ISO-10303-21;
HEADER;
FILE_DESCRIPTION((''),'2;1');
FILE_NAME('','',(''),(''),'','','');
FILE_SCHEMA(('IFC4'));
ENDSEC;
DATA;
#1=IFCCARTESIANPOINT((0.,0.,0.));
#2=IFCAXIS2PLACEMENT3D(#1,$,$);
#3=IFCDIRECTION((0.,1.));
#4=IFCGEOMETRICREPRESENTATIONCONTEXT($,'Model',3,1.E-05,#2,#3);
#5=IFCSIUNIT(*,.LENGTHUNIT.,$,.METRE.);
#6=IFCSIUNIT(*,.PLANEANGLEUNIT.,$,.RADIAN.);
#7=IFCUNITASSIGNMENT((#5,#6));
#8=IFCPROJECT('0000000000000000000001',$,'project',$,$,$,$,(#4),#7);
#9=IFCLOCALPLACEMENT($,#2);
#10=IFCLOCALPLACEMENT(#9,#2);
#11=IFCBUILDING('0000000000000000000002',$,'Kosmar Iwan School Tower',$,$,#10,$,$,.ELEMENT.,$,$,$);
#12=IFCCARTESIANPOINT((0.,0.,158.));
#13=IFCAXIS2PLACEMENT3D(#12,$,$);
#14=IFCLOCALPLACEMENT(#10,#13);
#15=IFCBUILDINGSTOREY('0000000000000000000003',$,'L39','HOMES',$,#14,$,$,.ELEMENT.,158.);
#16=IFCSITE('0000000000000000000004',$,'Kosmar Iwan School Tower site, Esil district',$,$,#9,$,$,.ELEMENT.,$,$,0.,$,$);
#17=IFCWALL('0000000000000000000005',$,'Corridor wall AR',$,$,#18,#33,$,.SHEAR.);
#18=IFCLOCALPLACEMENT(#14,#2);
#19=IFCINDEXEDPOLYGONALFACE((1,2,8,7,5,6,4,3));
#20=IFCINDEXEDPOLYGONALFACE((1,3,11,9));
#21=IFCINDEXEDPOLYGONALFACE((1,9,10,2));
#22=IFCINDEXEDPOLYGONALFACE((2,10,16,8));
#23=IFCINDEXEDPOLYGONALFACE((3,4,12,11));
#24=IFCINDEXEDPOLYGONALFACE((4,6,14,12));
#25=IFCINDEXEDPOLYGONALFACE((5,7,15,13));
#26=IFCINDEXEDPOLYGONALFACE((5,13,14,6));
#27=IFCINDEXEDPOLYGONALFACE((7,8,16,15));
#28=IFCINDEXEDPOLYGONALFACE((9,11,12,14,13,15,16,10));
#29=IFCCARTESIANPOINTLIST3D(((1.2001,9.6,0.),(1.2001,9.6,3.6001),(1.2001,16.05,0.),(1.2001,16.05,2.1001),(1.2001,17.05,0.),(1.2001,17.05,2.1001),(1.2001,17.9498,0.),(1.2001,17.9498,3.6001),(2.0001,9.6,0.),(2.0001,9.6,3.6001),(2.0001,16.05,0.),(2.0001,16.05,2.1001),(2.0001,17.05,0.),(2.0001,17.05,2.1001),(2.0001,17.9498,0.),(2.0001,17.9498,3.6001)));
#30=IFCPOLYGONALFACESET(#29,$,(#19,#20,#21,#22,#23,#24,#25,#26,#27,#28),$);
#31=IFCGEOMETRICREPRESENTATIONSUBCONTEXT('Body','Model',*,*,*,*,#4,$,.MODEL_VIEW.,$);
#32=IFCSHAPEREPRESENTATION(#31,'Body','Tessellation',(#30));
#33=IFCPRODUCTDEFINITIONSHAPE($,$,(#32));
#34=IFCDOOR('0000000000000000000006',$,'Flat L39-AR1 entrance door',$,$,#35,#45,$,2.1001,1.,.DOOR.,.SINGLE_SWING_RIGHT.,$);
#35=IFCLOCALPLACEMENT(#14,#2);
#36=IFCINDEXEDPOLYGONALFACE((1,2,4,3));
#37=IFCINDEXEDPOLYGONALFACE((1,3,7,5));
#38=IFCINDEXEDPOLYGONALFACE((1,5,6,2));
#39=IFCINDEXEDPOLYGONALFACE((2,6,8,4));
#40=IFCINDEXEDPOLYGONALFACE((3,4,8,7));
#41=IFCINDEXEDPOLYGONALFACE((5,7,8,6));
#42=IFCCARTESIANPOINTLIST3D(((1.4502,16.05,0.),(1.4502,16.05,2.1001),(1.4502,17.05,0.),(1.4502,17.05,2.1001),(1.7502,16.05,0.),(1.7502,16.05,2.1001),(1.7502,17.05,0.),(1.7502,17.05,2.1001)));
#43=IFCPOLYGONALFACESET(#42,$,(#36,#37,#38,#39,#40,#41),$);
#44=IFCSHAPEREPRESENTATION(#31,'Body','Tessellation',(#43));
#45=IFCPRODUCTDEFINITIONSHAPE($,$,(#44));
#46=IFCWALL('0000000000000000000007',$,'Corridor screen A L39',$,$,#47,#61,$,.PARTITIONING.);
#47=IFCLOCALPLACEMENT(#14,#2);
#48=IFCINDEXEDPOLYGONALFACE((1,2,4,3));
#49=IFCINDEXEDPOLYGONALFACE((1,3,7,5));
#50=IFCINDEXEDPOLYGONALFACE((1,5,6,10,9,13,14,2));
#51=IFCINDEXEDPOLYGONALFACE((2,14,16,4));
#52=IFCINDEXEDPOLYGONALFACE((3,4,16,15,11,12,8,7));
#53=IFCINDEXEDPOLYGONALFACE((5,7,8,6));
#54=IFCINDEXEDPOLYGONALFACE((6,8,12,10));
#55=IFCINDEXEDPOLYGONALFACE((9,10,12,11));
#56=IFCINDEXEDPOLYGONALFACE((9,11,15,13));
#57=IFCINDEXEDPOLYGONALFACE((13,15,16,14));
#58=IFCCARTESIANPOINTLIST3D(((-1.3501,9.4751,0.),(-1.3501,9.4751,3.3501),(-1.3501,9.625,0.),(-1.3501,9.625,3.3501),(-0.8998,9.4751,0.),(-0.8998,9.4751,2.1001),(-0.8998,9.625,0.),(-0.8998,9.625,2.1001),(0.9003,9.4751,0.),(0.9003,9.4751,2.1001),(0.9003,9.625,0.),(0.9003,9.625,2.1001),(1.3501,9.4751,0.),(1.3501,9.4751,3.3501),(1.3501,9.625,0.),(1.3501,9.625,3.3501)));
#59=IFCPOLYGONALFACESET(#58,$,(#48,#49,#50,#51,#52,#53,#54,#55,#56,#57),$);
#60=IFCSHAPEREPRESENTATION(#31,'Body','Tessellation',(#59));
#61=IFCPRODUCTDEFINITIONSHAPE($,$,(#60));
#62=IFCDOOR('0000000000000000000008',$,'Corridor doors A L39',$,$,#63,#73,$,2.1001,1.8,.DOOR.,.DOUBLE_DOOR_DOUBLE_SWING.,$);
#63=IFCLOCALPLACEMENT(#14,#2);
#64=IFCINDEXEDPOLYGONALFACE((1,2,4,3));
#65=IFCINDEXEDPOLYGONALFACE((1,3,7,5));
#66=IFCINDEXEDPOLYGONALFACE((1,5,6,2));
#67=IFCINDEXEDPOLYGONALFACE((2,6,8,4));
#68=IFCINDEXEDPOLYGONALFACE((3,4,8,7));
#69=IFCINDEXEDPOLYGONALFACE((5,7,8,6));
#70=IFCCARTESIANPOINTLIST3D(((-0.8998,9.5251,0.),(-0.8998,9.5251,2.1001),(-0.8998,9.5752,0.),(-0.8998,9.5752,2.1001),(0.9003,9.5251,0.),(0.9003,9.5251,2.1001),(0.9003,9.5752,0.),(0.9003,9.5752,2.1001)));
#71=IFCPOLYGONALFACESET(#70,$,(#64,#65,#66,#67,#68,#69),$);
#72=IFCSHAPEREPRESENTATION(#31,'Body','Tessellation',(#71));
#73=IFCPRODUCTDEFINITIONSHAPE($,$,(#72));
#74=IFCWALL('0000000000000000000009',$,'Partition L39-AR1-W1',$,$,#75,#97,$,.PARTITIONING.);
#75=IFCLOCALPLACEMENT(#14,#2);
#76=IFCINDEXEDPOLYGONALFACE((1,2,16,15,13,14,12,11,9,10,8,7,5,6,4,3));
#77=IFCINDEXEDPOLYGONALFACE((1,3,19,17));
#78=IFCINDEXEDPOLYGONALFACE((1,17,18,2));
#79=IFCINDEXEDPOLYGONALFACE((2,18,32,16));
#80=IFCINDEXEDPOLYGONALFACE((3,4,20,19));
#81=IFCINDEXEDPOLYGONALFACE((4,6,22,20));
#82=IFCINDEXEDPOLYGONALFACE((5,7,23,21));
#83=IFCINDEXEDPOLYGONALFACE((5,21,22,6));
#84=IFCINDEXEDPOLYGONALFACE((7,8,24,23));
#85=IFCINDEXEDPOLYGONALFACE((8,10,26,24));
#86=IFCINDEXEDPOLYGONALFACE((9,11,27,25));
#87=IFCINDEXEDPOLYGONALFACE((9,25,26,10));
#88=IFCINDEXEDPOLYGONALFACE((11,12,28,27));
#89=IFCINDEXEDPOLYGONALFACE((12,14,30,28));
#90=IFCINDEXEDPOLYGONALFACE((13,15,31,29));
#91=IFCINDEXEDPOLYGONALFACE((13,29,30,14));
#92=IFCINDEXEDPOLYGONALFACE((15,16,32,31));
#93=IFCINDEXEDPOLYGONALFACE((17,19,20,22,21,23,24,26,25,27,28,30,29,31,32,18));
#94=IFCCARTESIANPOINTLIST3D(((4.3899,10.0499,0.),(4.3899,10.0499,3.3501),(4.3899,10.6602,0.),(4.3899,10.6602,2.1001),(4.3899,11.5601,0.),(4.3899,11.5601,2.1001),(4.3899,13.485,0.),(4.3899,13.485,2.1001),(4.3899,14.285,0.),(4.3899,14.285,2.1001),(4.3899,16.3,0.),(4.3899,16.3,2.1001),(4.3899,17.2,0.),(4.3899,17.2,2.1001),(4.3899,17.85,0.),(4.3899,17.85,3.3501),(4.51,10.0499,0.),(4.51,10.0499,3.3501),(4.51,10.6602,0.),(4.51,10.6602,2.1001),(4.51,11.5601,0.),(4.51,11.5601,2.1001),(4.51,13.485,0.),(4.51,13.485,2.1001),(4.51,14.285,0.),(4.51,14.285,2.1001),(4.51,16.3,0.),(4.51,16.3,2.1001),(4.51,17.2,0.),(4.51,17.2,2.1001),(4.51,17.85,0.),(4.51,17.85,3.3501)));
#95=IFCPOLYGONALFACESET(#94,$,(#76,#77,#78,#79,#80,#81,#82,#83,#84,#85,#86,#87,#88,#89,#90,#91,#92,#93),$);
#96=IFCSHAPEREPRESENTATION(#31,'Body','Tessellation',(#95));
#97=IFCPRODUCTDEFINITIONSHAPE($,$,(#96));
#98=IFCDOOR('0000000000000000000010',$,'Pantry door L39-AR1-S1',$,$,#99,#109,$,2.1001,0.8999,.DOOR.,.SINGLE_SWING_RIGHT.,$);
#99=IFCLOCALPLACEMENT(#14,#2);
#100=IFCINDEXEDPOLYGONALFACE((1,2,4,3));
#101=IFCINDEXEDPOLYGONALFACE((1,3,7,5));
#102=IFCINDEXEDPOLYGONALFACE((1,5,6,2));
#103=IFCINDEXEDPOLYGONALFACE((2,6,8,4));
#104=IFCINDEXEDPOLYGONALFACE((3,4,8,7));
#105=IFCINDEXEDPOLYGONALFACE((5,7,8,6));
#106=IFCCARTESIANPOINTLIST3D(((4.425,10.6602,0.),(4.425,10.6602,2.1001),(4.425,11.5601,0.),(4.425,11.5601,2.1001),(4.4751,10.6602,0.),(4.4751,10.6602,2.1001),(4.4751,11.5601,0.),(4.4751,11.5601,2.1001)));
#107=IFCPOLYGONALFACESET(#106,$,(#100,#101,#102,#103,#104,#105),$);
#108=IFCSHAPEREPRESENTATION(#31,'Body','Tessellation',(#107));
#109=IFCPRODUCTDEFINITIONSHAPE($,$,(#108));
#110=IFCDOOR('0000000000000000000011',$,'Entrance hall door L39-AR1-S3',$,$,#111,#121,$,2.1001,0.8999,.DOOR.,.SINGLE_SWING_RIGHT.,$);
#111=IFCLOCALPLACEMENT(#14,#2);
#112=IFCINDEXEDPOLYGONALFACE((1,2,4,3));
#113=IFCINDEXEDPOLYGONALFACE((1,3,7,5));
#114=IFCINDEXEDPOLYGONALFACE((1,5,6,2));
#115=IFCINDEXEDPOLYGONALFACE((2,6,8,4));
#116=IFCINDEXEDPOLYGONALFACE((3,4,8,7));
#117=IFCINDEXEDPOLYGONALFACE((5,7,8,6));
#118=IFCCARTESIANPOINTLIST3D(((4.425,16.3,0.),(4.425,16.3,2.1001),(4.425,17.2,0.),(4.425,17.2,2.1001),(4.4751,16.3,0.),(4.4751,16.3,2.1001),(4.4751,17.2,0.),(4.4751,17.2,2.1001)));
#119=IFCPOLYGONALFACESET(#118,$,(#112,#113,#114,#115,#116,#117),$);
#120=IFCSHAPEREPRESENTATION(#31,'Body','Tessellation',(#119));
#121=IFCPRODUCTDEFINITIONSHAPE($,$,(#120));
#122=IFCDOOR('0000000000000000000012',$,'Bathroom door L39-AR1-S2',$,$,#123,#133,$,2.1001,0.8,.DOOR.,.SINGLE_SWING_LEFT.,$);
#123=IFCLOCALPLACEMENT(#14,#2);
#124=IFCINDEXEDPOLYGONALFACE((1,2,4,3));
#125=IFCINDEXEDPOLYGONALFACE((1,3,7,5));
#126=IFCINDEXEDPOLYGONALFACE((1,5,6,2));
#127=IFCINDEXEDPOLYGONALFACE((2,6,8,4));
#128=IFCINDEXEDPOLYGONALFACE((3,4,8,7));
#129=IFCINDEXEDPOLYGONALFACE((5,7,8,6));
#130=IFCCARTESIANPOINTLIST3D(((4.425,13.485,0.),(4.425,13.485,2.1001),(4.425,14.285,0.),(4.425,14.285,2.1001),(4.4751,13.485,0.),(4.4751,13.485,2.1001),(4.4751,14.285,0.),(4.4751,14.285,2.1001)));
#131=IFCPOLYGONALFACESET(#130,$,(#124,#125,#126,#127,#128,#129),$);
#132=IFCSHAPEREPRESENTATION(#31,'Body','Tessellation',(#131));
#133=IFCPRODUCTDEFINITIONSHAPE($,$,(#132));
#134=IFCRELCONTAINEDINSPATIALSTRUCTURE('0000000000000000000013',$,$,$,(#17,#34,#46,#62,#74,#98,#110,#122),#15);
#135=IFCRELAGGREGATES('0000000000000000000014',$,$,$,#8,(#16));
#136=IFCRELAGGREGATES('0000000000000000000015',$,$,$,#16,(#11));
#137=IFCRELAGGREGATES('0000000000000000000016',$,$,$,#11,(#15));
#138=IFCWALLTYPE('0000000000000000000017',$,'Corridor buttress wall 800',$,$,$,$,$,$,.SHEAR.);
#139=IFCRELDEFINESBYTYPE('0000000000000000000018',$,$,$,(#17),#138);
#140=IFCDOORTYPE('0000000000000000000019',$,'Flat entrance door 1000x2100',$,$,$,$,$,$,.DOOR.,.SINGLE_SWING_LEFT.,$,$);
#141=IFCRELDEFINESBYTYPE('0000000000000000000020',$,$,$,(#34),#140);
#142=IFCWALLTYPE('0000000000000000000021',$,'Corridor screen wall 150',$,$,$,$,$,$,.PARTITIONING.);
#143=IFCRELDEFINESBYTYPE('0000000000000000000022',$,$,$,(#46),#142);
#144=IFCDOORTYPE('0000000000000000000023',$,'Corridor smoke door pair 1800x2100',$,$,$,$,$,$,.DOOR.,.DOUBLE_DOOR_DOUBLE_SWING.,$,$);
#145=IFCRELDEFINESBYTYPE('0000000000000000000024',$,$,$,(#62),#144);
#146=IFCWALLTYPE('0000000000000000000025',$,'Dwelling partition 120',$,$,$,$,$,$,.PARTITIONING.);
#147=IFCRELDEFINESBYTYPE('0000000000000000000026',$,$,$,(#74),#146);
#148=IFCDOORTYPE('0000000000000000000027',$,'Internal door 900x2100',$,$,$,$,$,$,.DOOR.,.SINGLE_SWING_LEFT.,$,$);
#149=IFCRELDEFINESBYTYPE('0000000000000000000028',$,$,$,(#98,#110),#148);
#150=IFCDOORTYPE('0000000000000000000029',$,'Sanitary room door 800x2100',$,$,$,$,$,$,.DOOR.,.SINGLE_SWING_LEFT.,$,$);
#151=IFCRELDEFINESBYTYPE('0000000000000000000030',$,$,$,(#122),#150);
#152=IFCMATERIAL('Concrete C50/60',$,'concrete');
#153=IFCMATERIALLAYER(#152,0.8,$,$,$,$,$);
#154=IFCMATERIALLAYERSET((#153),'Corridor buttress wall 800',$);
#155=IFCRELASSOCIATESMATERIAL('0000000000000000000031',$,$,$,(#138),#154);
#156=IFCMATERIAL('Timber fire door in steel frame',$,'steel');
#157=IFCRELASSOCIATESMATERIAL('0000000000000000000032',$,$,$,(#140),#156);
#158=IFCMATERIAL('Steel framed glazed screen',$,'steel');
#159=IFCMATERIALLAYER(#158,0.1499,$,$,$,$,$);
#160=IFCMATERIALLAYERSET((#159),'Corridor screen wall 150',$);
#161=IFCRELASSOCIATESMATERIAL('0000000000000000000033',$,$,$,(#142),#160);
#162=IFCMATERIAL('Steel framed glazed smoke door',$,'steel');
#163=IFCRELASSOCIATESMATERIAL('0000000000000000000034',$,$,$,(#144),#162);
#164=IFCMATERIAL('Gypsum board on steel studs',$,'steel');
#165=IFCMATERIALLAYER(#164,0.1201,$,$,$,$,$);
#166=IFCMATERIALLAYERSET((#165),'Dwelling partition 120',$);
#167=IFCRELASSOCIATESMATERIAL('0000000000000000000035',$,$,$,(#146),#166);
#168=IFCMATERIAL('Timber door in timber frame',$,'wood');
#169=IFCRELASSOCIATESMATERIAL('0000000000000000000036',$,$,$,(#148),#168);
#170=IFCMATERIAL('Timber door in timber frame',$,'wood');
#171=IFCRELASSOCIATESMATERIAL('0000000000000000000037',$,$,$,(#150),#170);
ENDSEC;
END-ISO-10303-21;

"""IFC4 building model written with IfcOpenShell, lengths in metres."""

from ifc_helpers import new_model, si_unit, direction, frame, frame_2d, origin, place, context, subcontext, project, spatial, rectangle, extrude, material, layer, layer_set, type_object, element, fill, save


model = new_model("IFC4")

# Units and contexts
model_context = context("Model", 3, precision=1e-05, world=origin(), true_north=direction((0.0, 1.0)))
body_context = subcontext(model_context, "Body", "Model", "MODEL_VIEW")
ifc_project = project(units=[si_unit("LENGTHUNIT", "METRE"), si_unit("PLANEANGLEUNIT", "RADIAN")], contexts=[model_context])

# Site, building, storey
site_placement = place(None, origin())
site = spatial("IfcSite", under=ifc_project, at=site_placement, Name="Kosmar Iwan School Tower site, Esil district", CompositionType="ELEMENT", RefElevation=0.0)
building_placement = place(site_placement, origin())
building = spatial("IfcBuilding", under=site, at=building_placement, Name="Kosmar Iwan School Tower", CompositionType="ELEMENT")
storey_placement = place(building_placement, frame((0.0, 0.0, 158.0)))
storey = spatial("IfcBuildingStorey", under=building, at=storey_placement, Name="L39", Description="HOMES", CompositionType="ELEMENT", Elevation=158.0)

# Walls, openings, doors
ifc_material_1 = material(Name="Concrete C50/60", Category="concrete")
ifc_layer_1 = layer(ifc_material_1, 0.8)
ifc_layer_set_1 = layer_set([ifc_layer_1], Name="Corridor buttress wall 800")
wall_type_1 = type_object("IfcWallType", Name="Corridor buttress wall 800", PredefinedType="SHEAR", material=ifc_layer_set_1)
wall_1_placement = place(storey_placement, frame((1.6001, 9.6001, 0.0), z_axis=(0.0, 0.0, 1.0), x_axis=(0.0, 1.0, 0.0)))
wall_1 = element("IfcWall", 1, at=wall_1_placement, inside=storey, type_object=wall_type_1, Name="Corridor wall AR", PredefinedType="SHEAR", context=body_context, shape_type="SweptSolid", body=[
    extrude(rectangle(XDim=8.3499, YDim=0.8, at=frame_2d((4.1748, 0.0))), origin(), (0.0, 0.0, 1.0), 3.6001),
])
opening_1_placement = place(wall_1_placement, frame((6.45, 0.0, 0.0)))
opening_1 = element("IfcOpeningElement", 2, at=opening_1_placement, cuts=wall_1, PredefinedType="OPENING", context=body_context, shape_type="SweptSolid", body=[
    extrude(rectangle(XDim=1.0, YDim=2.1001, at=frame_2d((0.5, 1.05))), frame((0.0, 0.4121, 0.0), z_axis=(0.0, -1.0, 0.0), x_axis=(1.0, 0.0, 0.0)), (0.0, 0.0, 1.0), 0.824),
])
ifc_material_2 = material(Name="Timber fire door in steel frame", Category="steel")
door_type_1 = type_object("IfcDoorType", Name="Flat entrance door 1000x2100", OperationType="SINGLE_SWING_LEFT", PredefinedType="DOOR", material=ifc_material_2)
door_1_placement = place(opening_1_placement, origin())
door_1 = element("IfcDoor", 3, at=door_1_placement, inside=storey, type_object=door_type_1, Name="Flat L39-AR1 entrance door", OperationType="SINGLE_SWING_RIGHT", OverallHeight=2.1001, OverallWidth=1.0, PredefinedType="DOOR", context=body_context, shape_type="SweptSolid", body=[
    extrude(rectangle(XDim=1.0, YDim=2.1001, at=frame_2d((0.5, 1.05))), frame((0.0, 0.1499, 0.0), z_axis=(0.0, -1.0, 0.0), x_axis=(1.0, 0.0, 0.0)), (0.0, 0.0, 1.0), 0.3),
])
fill(opening_1, door_1)
ifc_material_3 = material(Name="Steel framed glazed screen", Category="steel")
ifc_layer_2 = layer(ifc_material_3, 0.1499)
ifc_layer_set_2 = layer_set([ifc_layer_2], Name="Corridor screen wall 150")
wall_type_2 = type_object("IfcWallType", Name="Corridor screen wall 150", PredefinedType="PARTITIONING", material=ifc_layer_set_2)
wall_2_placement = place(storey_placement, frame((1.3501, 9.55, 0.0), z_axis=(0.0, 0.0, 1.0), x_axis=(-1.0, 0.0, 0.0)))
wall_2 = element("IfcWall", 4, at=wall_2_placement, inside=storey, type_object=wall_type_2, Name="Corridor screen A L39", PredefinedType="PARTITIONING", context=body_context, shape_type="SweptSolid", body=[
    extrude(rectangle(XDim=2.7002, YDim=0.1499, at=frame_2d((1.3501, 0.0))), origin(), (0.0, 0.0, 1.0), 3.3501),
])
opening_2_placement = place(wall_2_placement, frame((0.45, 0.0, 0.0)))
opening_2 = element("IfcOpeningElement", 5, at=opening_2_placement, cuts=wall_2, PredefinedType="OPENING", context=body_context, shape_type="SweptSolid", body=[
    extrude(rectangle(XDim=1.8, YDim=2.1001, at=frame_2d((0.8999, 1.05))), frame((0.0, 0.0869, 0.0), z_axis=(0.0, -1.0, 0.0), x_axis=(1.0, 0.0, 0.0)), (0.0, 0.0, 1.0), 0.1738),
])
ifc_material_4 = material(Name="Steel framed glazed smoke door", Category="steel")
door_type_2 = type_object("IfcDoorType", Name="Corridor smoke door pair 1800x2100", OperationType="DOUBLE_DOOR_DOUBLE_SWING", PredefinedType="DOOR", material=ifc_material_4)
door_2_placement = place(opening_2_placement, origin())
door_2 = element("IfcDoor", 6, at=door_2_placement, inside=storey, type_object=door_type_2, Name="Corridor doors A L39", OperationType="DOUBLE_DOOR_DOUBLE_SWING", OverallHeight=2.1001, OverallWidth=1.8, PredefinedType="DOOR", context=body_context, shape_type="SweptSolid", body=[
    extrude(rectangle(XDim=1.8, YDim=2.1001, at=frame_2d((0.8999, 1.05))), frame((0.0, 0.0249, 0.0), z_axis=(0.0, -1.0, 0.0), x_axis=(1.0, 0.0, 0.0)), (0.0, 0.0, 1.0), 0.05),
])
fill(opening_2, door_2)

# Wall, openings, doors
ifc_material_5 = material(Name="Gypsum board on steel studs", Category="steel")
ifc_layer_3 = layer(ifc_material_5, 0.1201)
ifc_layer_set_3 = layer_set([ifc_layer_3], Name="Dwelling partition 120")
wall_type_3 = type_object("IfcWallType", Name="Dwelling partition 120", PredefinedType="PARTITIONING", material=ifc_layer_set_3)
wall_3_placement = place(storey_placement, frame((4.45, 10.05, 0.0), z_axis=(0.0, 0.0, 1.0), x_axis=(0.0, 1.0, 0.0)))
wall_3 = element("IfcWall", 7, at=wall_3_placement, inside=storey, type_object=wall_type_3, Name="Partition L39-AR1-W1", PredefinedType="PARTITIONING", context=body_context, shape_type="SweptSolid", body=[
    extrude(rectangle(XDim=7.8, YDim=0.1201, at=frame_2d((3.8999, 0.0))), origin(), (0.0, 0.0, 1.0), 3.3501),
])
opening_3_placement = place(wall_3_placement, frame((0.6101, 0.0, 0.0)))
opening_3 = element("IfcOpeningElement", 8, at=opening_3_placement, cuts=wall_3, PredefinedType="OPENING", context=body_context, shape_type="SweptSolid", body=[
    extrude(rectangle(XDim=0.8999, YDim=2.1001, at=frame_2d((0.45, 1.05))), frame((0.0, 0.072, 0.0), z_axis=(0.0, -1.0, 0.0), x_axis=(1.0, 0.0, 0.0)), (0.0, 0.0, 1.0), 0.144),
])
opening_4_placement = place(wall_3_placement, frame((3.4351, 0.0, 0.0)))
opening_4 = element("IfcOpeningElement", 9, at=opening_4_placement, cuts=wall_3, PredefinedType="OPENING", context=body_context, shape_type="SweptSolid", body=[
    extrude(rectangle(XDim=0.8, YDim=2.1001, at=frame_2d((0.3999, 1.05))), frame((0.0, 0.072, 0.0), z_axis=(0.0, -1.0, 0.0), x_axis=(1.0, 0.0, 0.0)), (0.0, 0.0, 1.0), 0.144),
])
opening_5_placement = place(wall_3_placement, frame((6.25, 0.0, 0.0)))
opening_5 = element("IfcOpeningElement", 10, at=opening_5_placement, cuts=wall_3, PredefinedType="OPENING", context=body_context, shape_type="SweptSolid", body=[
    extrude(rectangle(XDim=0.8999, YDim=2.1001, at=frame_2d((0.45, 1.05))), frame((0.0, 0.072, 0.0), z_axis=(0.0, -1.0, 0.0), x_axis=(1.0, 0.0, 0.0)), (0.0, 0.0, 1.0), 0.144),
])
ifc_material_6 = material(Name="Timber door in timber frame", Category="wood")
door_type_3 = type_object("IfcDoorType", Name="Internal door 900x2100", OperationType="SINGLE_SWING_LEFT", PredefinedType="DOOR", material=ifc_material_6)
door_3_placement = place(opening_3_placement, origin())
door_3 = element("IfcDoor", 11, at=door_3_placement, inside=storey, type_object=door_type_3, Name="Pantry door L39-AR1-S1", OperationType="SINGLE_SWING_RIGHT", OverallHeight=2.1001, OverallWidth=0.8999, PredefinedType="DOOR", context=body_context, shape_type="SweptSolid", body=[
    extrude(rectangle(XDim=0.8999, YDim=2.1001, at=frame_2d((0.45, 1.05))), frame((0.0, 0.0249, 0.0), z_axis=(0.0, -1.0, 0.0), x_axis=(1.0, 0.0, 0.0)), (0.0, 0.0, 1.0), 0.05),
])
fill(opening_3, door_3)
door_4_placement = place(opening_5_placement, origin())
door_4 = element("IfcDoor", 12, at=door_4_placement, inside=storey, type_object=door_type_3, Name="Entrance hall door L39-AR1-S3", OperationType="SINGLE_SWING_RIGHT", OverallHeight=2.1001, OverallWidth=0.8999, PredefinedType="DOOR", context=body_context, shape_type="SweptSolid", body=[
    extrude(rectangle(XDim=0.8999, YDim=2.1001, at=frame_2d((0.45, 1.05))), frame((0.0, 0.0249, 0.0), z_axis=(0.0, -1.0, 0.0), x_axis=(1.0, 0.0, 0.0)), (0.0, 0.0, 1.0), 0.05),
])
fill(opening_5, door_4)
ifc_material_7 = material(Name="Timber door in timber frame", Category="wood")
door_type_4 = type_object("IfcDoorType", Name="Sanitary room door 800x2100", OperationType="SINGLE_SWING_LEFT", PredefinedType="DOOR", material=ifc_material_7)
door_5_placement = place(opening_4_placement, origin())
door_5 = element("IfcDoor", 13, at=door_5_placement, inside=storey, type_object=door_type_4, Name="Bathroom door L39-AR1-S2", OperationType="SINGLE_SWING_LEFT", OverallHeight=2.1001, OverallWidth=0.8, PredefinedType="DOOR", context=body_context, shape_type="SweptSolid", body=[
    extrude(rectangle(XDim=0.8, YDim=2.1001, at=frame_2d((0.3999, 1.05))), frame((0.0, 0.0249, 0.0), z_axis=(0.0, -1.0, 0.0), x_axis=(1.0, 0.0, 0.0)), (0.0, 0.0, 1.0), 0.05),
])
fill(opening_4, door_5)

save(model, "model.ifc")
